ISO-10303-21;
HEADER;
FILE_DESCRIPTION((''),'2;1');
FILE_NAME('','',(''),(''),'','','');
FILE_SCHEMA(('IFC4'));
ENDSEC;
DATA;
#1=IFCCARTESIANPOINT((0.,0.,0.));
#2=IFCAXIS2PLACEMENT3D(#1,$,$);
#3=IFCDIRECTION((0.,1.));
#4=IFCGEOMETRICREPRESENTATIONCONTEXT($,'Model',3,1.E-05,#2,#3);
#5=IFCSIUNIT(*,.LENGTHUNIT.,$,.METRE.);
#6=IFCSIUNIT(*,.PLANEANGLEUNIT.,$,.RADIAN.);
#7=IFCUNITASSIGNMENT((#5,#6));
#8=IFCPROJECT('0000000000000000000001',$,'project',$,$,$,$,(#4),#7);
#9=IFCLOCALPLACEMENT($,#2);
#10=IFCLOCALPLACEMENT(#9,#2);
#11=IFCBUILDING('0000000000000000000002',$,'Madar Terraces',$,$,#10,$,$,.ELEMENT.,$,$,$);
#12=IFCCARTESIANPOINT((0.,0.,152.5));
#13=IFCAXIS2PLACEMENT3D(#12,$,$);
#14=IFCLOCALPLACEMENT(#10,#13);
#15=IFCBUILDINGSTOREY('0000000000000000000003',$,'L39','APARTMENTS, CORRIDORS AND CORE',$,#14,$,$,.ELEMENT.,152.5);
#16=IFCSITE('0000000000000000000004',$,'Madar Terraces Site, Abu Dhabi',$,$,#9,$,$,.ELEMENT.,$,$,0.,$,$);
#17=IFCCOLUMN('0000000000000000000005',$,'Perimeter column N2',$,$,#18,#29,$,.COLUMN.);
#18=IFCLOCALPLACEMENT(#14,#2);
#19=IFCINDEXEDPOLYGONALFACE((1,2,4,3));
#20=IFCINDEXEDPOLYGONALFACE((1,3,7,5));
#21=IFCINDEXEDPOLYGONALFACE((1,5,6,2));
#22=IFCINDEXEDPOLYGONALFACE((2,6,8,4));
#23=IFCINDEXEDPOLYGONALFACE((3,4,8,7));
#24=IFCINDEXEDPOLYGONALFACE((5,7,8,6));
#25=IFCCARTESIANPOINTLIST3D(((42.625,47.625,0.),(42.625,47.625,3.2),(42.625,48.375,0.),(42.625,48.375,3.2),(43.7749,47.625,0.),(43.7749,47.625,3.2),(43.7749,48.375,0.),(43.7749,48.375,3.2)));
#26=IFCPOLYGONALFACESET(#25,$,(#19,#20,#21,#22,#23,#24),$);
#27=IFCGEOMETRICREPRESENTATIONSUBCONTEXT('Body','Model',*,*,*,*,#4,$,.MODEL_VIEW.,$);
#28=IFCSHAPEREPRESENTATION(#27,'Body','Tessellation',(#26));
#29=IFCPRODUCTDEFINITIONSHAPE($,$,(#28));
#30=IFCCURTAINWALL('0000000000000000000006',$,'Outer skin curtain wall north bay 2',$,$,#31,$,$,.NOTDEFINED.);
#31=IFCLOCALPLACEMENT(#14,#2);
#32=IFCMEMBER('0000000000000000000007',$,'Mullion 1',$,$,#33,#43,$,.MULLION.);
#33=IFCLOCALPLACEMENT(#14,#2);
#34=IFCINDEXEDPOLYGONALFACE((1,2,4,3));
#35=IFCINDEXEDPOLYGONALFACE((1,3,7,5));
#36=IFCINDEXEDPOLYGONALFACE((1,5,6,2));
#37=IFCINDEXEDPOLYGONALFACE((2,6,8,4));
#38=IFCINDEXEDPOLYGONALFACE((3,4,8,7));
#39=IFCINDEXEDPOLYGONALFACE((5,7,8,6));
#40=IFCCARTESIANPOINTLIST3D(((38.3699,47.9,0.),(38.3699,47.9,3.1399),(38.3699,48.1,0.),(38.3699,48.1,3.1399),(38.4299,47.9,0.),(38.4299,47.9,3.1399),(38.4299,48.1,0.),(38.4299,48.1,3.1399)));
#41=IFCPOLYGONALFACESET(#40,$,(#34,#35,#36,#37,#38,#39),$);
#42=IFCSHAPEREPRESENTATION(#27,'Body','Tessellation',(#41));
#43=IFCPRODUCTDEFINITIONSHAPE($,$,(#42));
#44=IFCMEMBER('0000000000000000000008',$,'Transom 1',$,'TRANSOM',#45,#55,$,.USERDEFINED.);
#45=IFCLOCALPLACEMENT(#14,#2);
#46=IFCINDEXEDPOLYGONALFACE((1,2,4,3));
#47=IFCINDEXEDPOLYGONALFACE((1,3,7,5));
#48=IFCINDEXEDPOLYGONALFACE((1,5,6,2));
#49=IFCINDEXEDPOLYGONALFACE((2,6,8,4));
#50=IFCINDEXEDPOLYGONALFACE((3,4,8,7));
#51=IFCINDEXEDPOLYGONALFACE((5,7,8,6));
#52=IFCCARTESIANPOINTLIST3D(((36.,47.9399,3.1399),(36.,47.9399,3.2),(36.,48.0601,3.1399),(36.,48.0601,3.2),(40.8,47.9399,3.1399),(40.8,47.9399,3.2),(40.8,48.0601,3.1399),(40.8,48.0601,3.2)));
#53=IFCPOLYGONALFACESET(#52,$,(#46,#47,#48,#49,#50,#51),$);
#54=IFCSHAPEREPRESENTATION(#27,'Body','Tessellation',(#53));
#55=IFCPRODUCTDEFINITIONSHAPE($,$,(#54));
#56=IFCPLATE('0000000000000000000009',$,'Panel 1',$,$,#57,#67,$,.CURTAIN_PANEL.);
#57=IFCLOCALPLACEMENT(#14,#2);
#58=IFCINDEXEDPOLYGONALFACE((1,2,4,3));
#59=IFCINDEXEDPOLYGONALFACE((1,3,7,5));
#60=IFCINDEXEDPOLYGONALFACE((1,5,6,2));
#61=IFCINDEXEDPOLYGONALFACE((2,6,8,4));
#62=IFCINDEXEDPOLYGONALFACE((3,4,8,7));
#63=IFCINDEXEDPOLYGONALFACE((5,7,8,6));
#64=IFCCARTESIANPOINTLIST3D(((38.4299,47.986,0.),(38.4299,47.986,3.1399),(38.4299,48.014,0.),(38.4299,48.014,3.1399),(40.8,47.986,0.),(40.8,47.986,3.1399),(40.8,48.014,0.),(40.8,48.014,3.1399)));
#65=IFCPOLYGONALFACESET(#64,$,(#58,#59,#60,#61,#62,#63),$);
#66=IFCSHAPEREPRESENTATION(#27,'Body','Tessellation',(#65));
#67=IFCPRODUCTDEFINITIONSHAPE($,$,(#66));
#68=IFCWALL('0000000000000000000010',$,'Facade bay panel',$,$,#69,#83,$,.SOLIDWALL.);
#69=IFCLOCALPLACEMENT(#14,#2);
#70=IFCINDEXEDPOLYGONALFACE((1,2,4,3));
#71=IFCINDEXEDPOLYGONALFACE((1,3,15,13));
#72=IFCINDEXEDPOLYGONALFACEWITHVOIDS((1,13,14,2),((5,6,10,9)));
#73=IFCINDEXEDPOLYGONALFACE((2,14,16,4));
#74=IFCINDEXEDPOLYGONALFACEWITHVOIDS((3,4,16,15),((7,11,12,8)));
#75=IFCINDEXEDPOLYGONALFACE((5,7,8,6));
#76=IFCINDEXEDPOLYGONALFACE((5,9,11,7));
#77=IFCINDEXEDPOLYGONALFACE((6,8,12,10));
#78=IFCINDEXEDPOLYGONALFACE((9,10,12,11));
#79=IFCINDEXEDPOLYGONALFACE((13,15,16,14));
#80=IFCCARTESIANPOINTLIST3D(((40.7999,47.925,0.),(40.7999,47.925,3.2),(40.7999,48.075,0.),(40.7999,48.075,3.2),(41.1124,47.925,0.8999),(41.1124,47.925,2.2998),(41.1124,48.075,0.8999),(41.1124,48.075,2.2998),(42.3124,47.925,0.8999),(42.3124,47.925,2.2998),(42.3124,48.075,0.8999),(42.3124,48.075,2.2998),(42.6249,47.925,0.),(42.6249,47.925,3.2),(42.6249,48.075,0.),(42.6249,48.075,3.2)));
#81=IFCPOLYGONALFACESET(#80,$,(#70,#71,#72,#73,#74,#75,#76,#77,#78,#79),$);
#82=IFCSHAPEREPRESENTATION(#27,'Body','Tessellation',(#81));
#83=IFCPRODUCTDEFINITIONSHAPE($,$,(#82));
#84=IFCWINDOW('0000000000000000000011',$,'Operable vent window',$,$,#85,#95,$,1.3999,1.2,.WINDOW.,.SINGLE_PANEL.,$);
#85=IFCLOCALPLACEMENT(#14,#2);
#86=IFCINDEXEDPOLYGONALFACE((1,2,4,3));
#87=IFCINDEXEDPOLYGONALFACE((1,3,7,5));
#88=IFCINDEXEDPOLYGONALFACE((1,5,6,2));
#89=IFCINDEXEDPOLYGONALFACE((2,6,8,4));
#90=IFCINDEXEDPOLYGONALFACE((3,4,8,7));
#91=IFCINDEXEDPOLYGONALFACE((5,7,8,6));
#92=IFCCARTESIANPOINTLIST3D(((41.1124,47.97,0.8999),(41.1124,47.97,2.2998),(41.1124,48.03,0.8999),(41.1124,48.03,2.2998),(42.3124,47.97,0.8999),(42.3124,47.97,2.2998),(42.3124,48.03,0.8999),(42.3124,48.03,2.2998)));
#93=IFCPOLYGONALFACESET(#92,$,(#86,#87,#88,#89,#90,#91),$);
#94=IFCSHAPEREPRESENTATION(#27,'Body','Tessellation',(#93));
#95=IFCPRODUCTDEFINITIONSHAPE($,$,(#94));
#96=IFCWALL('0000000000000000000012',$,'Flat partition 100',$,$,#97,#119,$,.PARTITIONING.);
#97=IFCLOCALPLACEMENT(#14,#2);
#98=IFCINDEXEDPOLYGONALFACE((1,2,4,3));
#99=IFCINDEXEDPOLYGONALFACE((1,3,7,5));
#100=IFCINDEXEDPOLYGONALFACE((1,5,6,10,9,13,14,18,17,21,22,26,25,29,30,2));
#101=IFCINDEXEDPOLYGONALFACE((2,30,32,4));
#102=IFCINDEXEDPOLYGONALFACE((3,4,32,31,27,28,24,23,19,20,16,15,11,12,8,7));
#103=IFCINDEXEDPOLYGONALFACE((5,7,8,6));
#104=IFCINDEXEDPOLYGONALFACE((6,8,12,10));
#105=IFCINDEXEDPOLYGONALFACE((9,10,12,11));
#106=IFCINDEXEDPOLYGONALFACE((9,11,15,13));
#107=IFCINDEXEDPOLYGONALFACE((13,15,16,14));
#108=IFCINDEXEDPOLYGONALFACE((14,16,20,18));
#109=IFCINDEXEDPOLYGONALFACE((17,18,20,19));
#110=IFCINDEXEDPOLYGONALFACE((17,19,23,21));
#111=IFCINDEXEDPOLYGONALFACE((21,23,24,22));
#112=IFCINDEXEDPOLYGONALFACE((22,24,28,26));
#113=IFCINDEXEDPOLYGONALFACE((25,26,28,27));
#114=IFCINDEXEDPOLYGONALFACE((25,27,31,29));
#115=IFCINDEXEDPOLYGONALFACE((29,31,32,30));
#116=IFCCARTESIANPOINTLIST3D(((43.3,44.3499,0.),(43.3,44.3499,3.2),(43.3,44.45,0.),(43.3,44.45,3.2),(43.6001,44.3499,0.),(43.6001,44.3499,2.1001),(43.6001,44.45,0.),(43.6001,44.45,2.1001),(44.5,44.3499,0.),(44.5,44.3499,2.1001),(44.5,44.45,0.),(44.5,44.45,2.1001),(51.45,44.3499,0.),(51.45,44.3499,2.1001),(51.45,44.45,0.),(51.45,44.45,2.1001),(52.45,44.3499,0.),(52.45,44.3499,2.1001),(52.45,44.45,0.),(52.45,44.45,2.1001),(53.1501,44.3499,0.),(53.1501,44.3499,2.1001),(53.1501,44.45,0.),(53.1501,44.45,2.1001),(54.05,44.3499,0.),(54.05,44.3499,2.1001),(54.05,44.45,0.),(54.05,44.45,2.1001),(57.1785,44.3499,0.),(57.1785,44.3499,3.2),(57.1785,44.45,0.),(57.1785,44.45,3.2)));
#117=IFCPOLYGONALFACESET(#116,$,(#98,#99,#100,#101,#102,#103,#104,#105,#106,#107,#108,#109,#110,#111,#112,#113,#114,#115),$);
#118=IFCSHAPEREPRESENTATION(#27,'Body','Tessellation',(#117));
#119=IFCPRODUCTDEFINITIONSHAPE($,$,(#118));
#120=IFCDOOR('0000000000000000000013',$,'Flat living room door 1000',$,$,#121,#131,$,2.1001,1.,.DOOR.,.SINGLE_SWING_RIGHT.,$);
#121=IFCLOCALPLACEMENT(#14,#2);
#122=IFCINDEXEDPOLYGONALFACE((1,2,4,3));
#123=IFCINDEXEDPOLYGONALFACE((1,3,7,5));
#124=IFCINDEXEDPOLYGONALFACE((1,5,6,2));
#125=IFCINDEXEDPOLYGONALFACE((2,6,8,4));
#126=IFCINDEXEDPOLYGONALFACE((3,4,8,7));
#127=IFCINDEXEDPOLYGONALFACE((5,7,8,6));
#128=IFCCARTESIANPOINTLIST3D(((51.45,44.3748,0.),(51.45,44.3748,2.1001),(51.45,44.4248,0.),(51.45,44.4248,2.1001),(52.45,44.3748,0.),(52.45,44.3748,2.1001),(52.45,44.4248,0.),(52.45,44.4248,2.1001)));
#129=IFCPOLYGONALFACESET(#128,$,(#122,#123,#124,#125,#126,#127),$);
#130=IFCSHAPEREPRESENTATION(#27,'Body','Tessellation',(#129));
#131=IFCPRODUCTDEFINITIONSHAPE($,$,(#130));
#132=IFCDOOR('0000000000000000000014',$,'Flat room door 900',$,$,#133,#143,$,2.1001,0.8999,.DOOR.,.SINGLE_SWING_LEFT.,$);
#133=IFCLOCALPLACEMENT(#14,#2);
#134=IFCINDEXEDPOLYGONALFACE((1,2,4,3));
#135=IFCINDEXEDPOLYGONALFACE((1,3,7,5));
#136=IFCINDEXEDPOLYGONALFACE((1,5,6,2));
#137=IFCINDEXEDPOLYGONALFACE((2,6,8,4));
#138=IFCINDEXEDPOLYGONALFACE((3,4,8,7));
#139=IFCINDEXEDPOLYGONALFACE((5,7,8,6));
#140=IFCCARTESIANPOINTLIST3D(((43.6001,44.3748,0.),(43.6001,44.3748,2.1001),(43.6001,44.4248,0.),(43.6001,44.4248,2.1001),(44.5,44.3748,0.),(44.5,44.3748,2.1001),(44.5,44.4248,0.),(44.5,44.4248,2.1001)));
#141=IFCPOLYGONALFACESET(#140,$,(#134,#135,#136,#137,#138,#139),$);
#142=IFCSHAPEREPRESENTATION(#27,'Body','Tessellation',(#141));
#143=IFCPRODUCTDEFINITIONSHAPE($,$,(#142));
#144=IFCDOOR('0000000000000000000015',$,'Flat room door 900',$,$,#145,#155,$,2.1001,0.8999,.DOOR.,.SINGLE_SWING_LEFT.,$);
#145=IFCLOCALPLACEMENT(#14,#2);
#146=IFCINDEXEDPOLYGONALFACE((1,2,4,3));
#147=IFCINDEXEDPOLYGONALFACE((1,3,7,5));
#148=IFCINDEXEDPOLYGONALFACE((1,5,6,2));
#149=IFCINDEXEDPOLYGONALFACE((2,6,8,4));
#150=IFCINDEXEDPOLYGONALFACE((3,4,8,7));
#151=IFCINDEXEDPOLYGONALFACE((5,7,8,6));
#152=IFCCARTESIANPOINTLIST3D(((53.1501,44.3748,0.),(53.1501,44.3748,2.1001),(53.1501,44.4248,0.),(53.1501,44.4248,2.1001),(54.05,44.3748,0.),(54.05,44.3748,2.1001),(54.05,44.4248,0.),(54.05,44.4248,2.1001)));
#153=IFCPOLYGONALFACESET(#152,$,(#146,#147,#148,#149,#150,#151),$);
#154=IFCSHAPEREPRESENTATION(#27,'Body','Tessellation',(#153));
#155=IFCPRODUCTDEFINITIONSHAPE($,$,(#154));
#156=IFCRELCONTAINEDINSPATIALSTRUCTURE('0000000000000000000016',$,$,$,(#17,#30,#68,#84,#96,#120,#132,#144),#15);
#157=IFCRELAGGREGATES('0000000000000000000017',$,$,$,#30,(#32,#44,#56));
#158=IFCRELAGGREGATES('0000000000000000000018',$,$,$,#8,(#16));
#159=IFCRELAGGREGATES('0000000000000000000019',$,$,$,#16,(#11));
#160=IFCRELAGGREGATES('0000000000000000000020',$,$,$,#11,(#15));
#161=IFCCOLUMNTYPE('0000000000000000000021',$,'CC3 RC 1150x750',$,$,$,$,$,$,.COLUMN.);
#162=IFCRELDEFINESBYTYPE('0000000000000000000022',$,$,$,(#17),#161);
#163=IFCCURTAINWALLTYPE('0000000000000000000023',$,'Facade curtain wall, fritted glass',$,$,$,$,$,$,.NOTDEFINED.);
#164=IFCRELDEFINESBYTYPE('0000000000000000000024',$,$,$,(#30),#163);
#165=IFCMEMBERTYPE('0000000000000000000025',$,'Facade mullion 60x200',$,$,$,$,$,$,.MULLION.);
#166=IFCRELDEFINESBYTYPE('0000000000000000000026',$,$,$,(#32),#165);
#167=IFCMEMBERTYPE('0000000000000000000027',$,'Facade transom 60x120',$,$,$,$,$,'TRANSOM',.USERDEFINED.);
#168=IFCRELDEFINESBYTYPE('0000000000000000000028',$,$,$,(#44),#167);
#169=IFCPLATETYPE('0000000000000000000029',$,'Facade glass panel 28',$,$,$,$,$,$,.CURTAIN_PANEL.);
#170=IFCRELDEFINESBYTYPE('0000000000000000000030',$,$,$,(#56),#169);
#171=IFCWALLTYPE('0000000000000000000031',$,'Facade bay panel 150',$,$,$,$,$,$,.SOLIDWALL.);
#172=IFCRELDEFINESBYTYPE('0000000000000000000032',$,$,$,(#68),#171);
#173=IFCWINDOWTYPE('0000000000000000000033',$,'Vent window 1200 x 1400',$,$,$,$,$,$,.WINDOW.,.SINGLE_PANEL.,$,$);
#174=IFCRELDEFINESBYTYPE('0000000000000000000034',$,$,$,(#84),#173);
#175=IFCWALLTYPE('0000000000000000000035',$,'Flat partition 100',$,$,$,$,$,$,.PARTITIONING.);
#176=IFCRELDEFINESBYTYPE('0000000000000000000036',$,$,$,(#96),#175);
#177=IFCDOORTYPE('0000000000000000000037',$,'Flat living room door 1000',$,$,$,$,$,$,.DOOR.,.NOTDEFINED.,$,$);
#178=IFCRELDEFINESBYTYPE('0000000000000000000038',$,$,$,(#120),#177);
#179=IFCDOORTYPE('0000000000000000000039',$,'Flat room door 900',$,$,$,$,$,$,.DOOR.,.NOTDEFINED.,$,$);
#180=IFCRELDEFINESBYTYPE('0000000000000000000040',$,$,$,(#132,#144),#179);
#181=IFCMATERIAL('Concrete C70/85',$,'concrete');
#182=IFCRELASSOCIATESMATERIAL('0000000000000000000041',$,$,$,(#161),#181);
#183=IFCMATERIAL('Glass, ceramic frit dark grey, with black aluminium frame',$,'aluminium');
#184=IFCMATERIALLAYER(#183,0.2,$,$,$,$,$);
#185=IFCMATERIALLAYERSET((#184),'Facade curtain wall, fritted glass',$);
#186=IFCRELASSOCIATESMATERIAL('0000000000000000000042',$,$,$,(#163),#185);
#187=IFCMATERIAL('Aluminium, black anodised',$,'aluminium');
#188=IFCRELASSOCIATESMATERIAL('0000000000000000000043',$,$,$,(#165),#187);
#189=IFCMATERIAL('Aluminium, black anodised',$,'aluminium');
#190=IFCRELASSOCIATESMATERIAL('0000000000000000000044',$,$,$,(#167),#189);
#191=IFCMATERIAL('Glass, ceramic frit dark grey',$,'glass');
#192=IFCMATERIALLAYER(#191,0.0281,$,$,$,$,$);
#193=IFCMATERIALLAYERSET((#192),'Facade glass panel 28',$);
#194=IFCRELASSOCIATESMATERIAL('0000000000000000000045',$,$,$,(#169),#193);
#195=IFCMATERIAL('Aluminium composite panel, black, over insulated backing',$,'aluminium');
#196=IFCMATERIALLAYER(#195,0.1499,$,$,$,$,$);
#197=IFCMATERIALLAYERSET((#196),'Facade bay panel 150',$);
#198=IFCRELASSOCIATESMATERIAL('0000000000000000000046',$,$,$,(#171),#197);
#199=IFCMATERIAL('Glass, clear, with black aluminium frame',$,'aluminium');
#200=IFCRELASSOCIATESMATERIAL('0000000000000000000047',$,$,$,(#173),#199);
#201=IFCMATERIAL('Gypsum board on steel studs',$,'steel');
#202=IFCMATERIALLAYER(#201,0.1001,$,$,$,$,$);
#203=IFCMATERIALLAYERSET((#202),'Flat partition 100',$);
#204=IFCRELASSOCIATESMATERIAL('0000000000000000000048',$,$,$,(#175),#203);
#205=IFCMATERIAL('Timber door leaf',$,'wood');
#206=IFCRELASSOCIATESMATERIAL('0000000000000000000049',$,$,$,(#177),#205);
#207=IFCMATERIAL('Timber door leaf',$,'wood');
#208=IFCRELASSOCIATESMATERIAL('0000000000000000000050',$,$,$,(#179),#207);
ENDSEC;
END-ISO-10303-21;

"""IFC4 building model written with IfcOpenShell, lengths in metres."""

from ifc_helpers import new_model, si_unit, direction, frame, frame_2d, origin, origin_2d, place, context, subcontext, project, spatial, rectangle, extrude, material, layer, layer_set, material_profile, profile_set, type_object, element, fill, aggregate, save


model = new_model("IFC4")

# Units and contexts
model_context = context("Model", 3, precision=1e-05, world=origin(), true_north=direction((0.0, 1.0)))
body_context = subcontext(model_context, "Body", "Model", "MODEL_VIEW")
ifc_project = project(units=[si_unit("LENGTHUNIT", "METRE"), si_unit("PLANEANGLEUNIT", "RADIAN")], contexts=[model_context])

# Site, building, storey
site_placement = place(None, origin())
site = spatial("IfcSite", under=ifc_project, at=site_placement, Name="Madar Terraces Site, Abu Dhabi", CompositionType="ELEMENT", RefElevation=0.0)
building_placement = place(site_placement, origin())
building = spatial("IfcBuilding", under=site, at=building_placement, Name="Madar Terraces", CompositionType="ELEMENT")
storey_placement = place(building_placement, frame((0.0, 0.0, 152.5)))
storey = spatial("IfcBuildingStorey", under=building, at=storey_placement, Name="L39", Description="APARTMENTS, CORRIDORS AND CORE", CompositionType="ELEMENT", Elevation=152.5)

# Column
ifc_material_1 = material(Name="Concrete C70/85", Category="concrete")
ifc_material_profile_1 = material_profile(ifc_material_1, rectangle(XDim=1.1499, YDim=0.75, at=origin_2d()), Name="CC3 RC 1150x750")
ifc_profile_set_1 = profile_set([ifc_material_profile_1], Name="Concrete C70/85")
column_type = type_object("IfcColumnType", Name="CC3 RC 1150x750", PredefinedType="COLUMN", material=ifc_profile_set_1)
column_placement = place(storey_placement, frame((43.2, 48.0, 0.0), z_axis=(0.0, 0.0, 1.0), x_axis=(1.0, 0.0, 0.0)))
element("IfcColumn", 1, at=column_placement, inside=storey, type_object=column_type, Name="Perimeter column N2", PredefinedType="COLUMN", context=body_context, shape_type="SweptSolid", body=[
    extrude(rectangle(XDim=1.1499, YDim=0.75, at=origin_2d()), origin(), (0.0, 0.0, 1.0), 3.2),
])

# Curtain wall, members, plate
ifc_material_2 = material(Name="Glass, ceramic frit dark grey, with black aluminium frame", Category="aluminium")
ifc_layer_1 = layer(ifc_material_2, 0.2)
ifc_layer_set_1 = layer_set([ifc_layer_1], Name="Facade curtain wall, fritted glass")
curtain_wall_type = type_object("IfcCurtainWallType", Name="Facade curtain wall, fritted glass", PredefinedType="NOTDEFINED", material=ifc_layer_set_1)
curtain_wall_placement = place(storey_placement, origin())
curtain_wall = element("IfcCurtainWall", 2, at=curtain_wall_placement, inside=storey, type_object=curtain_wall_type, Name="Outer skin curtain wall north bay 2", PredefinedType="NOTDEFINED")
ifc_material_3 = material(Name="Aluminium, black anodised", Category="aluminium")
ifc_material_profile_2 = material_profile(ifc_material_3, rectangle(XDim=0.2, YDim=0.0601, at=origin_2d()), Name="Facade mullion 60x200")
ifc_profile_set_2 = profile_set([ifc_material_profile_2], Name="Aluminium, black anodised")
member_type_1 = type_object("IfcMemberType", Name="Facade mullion 60x200", PredefinedType="MULLION", material=ifc_profile_set_2)
member_1_placement = place(storey_placement, frame((38.3999, 48.0, 0.0), z_axis=(0.0, 0.0, 1.0), x_axis=(0.0, -1.0, 0.0)))
member_1 = element("IfcMember", 3, at=member_1_placement, type_object=member_type_1, Name="Mullion 1", PredefinedType="MULLION", context=body_context, shape_type="SweptSolid", body=[
    extrude(rectangle(XDim=0.2, YDim=0.0601, at=origin_2d()), origin(), (0.0, 0.0, 1.0), 3.1399),
])
ifc_material_4 = material(Name="Aluminium, black anodised", Category="aluminium")
ifc_material_profile_3 = material_profile(ifc_material_4, rectangle(XDim=0.1201, YDim=0.0601, at=origin_2d()), Name="Facade transom 60x120")
ifc_profile_set_3 = profile_set([ifc_material_profile_3], Name="Aluminium, black anodised")
member_type_2 = type_object("IfcMemberType", Name="Facade transom 60x120", ElementType="TRANSOM", PredefinedType="USERDEFINED", material=ifc_profile_set_3)
member_2_placement = place(storey_placement, frame((40.8, 48.0, 3.1699), z_axis=(-1.0, 0.0, 0.0), x_axis=(0.0, -1.0, 0.0)))
member_2 = element("IfcMember", 4, at=member_2_placement, type_object=member_type_2, Name="Transom 1", ObjectType="TRANSOM", PredefinedType="USERDEFINED", context=body_context, shape_type="SweptSolid", body=[
    extrude(rectangle(XDim=0.1201, YDim=0.0601, at=origin_2d()), origin(), (0.0, 0.0, 1.0), 4.8),
])
ifc_material_5 = material(Name="Glass, ceramic frit dark grey", Category="glass")
ifc_layer_2 = layer(ifc_material_5, 0.0281)
ifc_layer_set_2 = layer_set([ifc_layer_2], Name="Facade glass panel 28")
plate_type = type_object("IfcPlateType", Name="Facade glass panel 28", PredefinedType="CURTAIN_PANEL", material=ifc_layer_set_2)
plate_placement = place(storey_placement, frame((39.615, 48.0, 0.0), z_axis=(0.0, 0.0, 1.0), x_axis=(-1.0, 0.0, 0.0)))
plate = element("IfcPlate", 5, at=plate_placement, type_object=plate_type, Name="Panel 1", PredefinedType="CURTAIN_PANEL", context=body_context, shape_type="SweptSolid", body=[
    extrude(rectangle(XDim=2.3701, YDim=0.0281, at=origin_2d()), origin(), (0.0, 0.0, 1.0), 3.1399),
])
aggregate(curtain_wall, [member_1, member_2, plate])

# Wall, opening, window
ifc_material_6 = material(Name="Aluminium composite panel, black, over insulated backing", Category="aluminium")
ifc_layer_3 = layer(ifc_material_6, 0.1499)
ifc_layer_set_3 = layer_set([ifc_layer_3], Name="Facade bay panel 150")
wall_type_1 = type_object("IfcWallType", Name="Facade bay panel 150", PredefinedType="SOLIDWALL", material=ifc_layer_set_3)
wall_1_placement = place(storey_placement, frame((42.625, 48.0, 0.0), z_axis=(0.0, 0.0, 1.0), x_axis=(-1.0, 0.0, 0.0)))
wall_1 = element("IfcWall", 6, at=wall_1_placement, inside=storey, type_object=wall_type_1, Name="Facade bay panel", PredefinedType="SOLIDWALL", context=body_context, shape_type="SweptSolid", body=[
    extrude(rectangle(XDim=1.825, YDim=0.1499, at=frame_2d((0.9126, 0.0))), origin(), (0.0, 0.0, 1.0), 3.2),
])
opening_1_placement = place(wall_1_placement, frame((0.3125, 0.0, 0.8999)))
opening_1 = element("IfcOpeningElement", 7, at=opening_1_placement, cuts=wall_1, PredefinedType="OPENING", context=body_context, shape_type="SweptSolid", body=[
    extrude(rectangle(XDim=1.2, YDim=1.3999, at=frame_2d((0.6001, 0.7))), frame((0.0, 0.085, 0.0), z_axis=(0.0, -1.0, 0.0), x_axis=(1.0, 0.0, 0.0)), (0.0, 0.0, 1.0), 0.1699),
])
ifc_material_7 = material(Name="Glass, clear, with black aluminium frame", Category="aluminium")
window_type = type_object("IfcWindowType", Name="Vent window 1200 x 1400", PartitioningType="SINGLE_PANEL", PredefinedType="WINDOW", material=ifc_material_7)
window_placement = place(opening_1_placement, origin())
window = element("IfcWindow", 8, at=window_placement, inside=storey, type_object=window_type, Name="Operable vent window", OverallHeight=1.3999, OverallWidth=1.2, PartitioningType="SINGLE_PANEL", PredefinedType="WINDOW", context=body_context, shape_type="SweptSolid", body=[
    extrude(rectangle(XDim=1.2, YDim=1.3999, at=frame_2d((0.6001, 0.7))), frame((0.0, 0.03, 0.0), z_axis=(0.0, -1.0, 0.0), x_axis=(1.0, 0.0, 0.0)), (0.0, 0.0, 1.0), 0.0601),
])
fill(opening_1, window)

# Wall, openings, doors
ifc_material_8 = material(Name="Gypsum board on steel studs", Category="steel")
ifc_layer_4 = layer(ifc_material_8, 0.1001)
ifc_layer_set_4 = layer_set([ifc_layer_4], Name="Flat partition 100")
wall_type_2 = type_object("IfcWallType", Name="Flat partition 100", PredefinedType="PARTITIONING", material=ifc_layer_set_4)
wall_2_placement = place(storey_placement, frame((43.3, 44.3999, 0.0), z_axis=(0.0, 0.0, 1.0), x_axis=(1.0, 0.0, 0.0)))
wall_2 = element("IfcWall", 9, at=wall_2_placement, inside=storey, type_object=wall_type_2, Name="Flat partition 100", PredefinedType="PARTITIONING", context=body_context, shape_type="SweptSolid", body=[
    extrude(rectangle(XDim=13.8784, YDim=0.1001, at=frame_2d((6.9392, 0.0))), origin(), (0.0, 0.0, 1.0), 3.2),
])
opening_2_placement = place(wall_2_placement, frame((0.3, 0.0, 0.0)))
opening_2 = element("IfcOpeningElement", 10, at=opening_2_placement, cuts=wall_2, PredefinedType="OPENING", context=body_context, shape_type="SweptSolid", body=[
    extrude(rectangle(XDim=0.8999, YDim=2.1001, at=frame_2d((0.45, 1.05))), frame((0.0, 0.0601, 0.0), z_axis=(0.0, -1.0, 0.0), x_axis=(1.0, 0.0, 0.0)), (0.0, 0.0, 1.0), 0.1201),
])
opening_3_placement = place(wall_2_placement, frame((8.1499, 0.0, 0.0)))
opening_3 = element("IfcOpeningElement", 11, at=opening_3_placement, cuts=wall_2, PredefinedType="OPENING", context=body_context, shape_type="SweptSolid", body=[
    extrude(rectangle(XDim=1.0, YDim=2.1001, at=frame_2d((0.5, 1.05))), frame((0.0, 0.0601, 0.0), z_axis=(0.0, -1.0, 0.0), x_axis=(1.0, 0.0, 0.0)), (0.0, 0.0, 1.0), 0.1201),
])
opening_4_placement = place(wall_2_placement, frame((9.8501, 0.0, 0.0)))
opening_4 = element("IfcOpeningElement", 12, at=opening_4_placement, cuts=wall_2, PredefinedType="OPENING", context=body_context, shape_type="SweptSolid", body=[
    extrude(rectangle(XDim=0.8999, YDim=2.1001, at=frame_2d((0.45, 1.05))), frame((0.0, 0.0601, 0.0), z_axis=(0.0, -1.0, 0.0), x_axis=(1.0, 0.0, 0.0)), (0.0, 0.0, 1.0), 0.1201),
])
ifc_material_9 = material(Name="Timber door leaf", Category="wood")
door_type_1 = type_object("IfcDoorType", Name="Flat living room door 1000", OperationType="NOTDEFINED", PredefinedType="DOOR", material=ifc_material_9)
door_1_placement = place(opening_3_placement, origin())
door_1 = element("IfcDoor", 13, at=door_1_placement, inside=storey, type_object=door_type_1, Name="Flat living room door 1000", OperationType="SINGLE_SWING_RIGHT", OverallHeight=2.1001, OverallWidth=1.0, PredefinedType="DOOR", context=body_context, shape_type="SweptSolid", body=[
    extrude(rectangle(XDim=1.0, YDim=2.1001, at=frame_2d((0.5, 1.05))), frame((0.0, 0.0249, 0.0), z_axis=(0.0, -1.0, 0.0), x_axis=(1.0, 0.0, 0.0)), (0.0, 0.0, 1.0), 0.05),
])
fill(opening_3, door_1)
ifc_material_10 = material(Name="Timber door leaf", Category="wood")
door_type_2 = type_object("IfcDoorType", Name="Flat room door 900", OperationType="NOTDEFINED", PredefinedType="DOOR", material=ifc_material_10)
door_2_placement = place(opening_2_placement, origin())
door_2 = element("IfcDoor", 14, at=door_2_placement, inside=storey, type_object=door_type_2, Name="Flat room door 900", OperationType="SINGLE_SWING_LEFT", OverallHeight=2.1001, OverallWidth=0.8999, PredefinedType="DOOR", context=body_context, shape_type="SweptSolid", body=[
    extrude(rectangle(XDim=0.8999, YDim=2.1001, at=frame_2d((0.45, 1.05))), frame((0.0, 0.0249, 0.0), z_axis=(0.0, -1.0, 0.0), x_axis=(1.0, 0.0, 0.0)), (0.0, 0.0, 1.0), 0.05),
])
fill(opening_2, door_2)
door_3_placement = place(opening_4_placement, origin())
door_3 = element("IfcDoor", 15, at=door_3_placement, inside=storey, type_object=door_type_2, Name="Flat room door 900", OperationType="SINGLE_SWING_LEFT", OverallHeight=2.1001, OverallWidth=0.8999, PredefinedType="DOOR", context=body_context, shape_type="SweptSolid", body=[
    extrude(rectangle(XDim=0.8999, YDim=2.1001, at=frame_2d((0.45, 1.05))), frame((0.0, 0.0249, 0.0), z_axis=(0.0, -1.0, 0.0), x_axis=(1.0, 0.0, 0.0)), (0.0, 0.0, 1.0), 0.05),
])
fill(opening_4, door_3)

save(model, "model.ifc")
